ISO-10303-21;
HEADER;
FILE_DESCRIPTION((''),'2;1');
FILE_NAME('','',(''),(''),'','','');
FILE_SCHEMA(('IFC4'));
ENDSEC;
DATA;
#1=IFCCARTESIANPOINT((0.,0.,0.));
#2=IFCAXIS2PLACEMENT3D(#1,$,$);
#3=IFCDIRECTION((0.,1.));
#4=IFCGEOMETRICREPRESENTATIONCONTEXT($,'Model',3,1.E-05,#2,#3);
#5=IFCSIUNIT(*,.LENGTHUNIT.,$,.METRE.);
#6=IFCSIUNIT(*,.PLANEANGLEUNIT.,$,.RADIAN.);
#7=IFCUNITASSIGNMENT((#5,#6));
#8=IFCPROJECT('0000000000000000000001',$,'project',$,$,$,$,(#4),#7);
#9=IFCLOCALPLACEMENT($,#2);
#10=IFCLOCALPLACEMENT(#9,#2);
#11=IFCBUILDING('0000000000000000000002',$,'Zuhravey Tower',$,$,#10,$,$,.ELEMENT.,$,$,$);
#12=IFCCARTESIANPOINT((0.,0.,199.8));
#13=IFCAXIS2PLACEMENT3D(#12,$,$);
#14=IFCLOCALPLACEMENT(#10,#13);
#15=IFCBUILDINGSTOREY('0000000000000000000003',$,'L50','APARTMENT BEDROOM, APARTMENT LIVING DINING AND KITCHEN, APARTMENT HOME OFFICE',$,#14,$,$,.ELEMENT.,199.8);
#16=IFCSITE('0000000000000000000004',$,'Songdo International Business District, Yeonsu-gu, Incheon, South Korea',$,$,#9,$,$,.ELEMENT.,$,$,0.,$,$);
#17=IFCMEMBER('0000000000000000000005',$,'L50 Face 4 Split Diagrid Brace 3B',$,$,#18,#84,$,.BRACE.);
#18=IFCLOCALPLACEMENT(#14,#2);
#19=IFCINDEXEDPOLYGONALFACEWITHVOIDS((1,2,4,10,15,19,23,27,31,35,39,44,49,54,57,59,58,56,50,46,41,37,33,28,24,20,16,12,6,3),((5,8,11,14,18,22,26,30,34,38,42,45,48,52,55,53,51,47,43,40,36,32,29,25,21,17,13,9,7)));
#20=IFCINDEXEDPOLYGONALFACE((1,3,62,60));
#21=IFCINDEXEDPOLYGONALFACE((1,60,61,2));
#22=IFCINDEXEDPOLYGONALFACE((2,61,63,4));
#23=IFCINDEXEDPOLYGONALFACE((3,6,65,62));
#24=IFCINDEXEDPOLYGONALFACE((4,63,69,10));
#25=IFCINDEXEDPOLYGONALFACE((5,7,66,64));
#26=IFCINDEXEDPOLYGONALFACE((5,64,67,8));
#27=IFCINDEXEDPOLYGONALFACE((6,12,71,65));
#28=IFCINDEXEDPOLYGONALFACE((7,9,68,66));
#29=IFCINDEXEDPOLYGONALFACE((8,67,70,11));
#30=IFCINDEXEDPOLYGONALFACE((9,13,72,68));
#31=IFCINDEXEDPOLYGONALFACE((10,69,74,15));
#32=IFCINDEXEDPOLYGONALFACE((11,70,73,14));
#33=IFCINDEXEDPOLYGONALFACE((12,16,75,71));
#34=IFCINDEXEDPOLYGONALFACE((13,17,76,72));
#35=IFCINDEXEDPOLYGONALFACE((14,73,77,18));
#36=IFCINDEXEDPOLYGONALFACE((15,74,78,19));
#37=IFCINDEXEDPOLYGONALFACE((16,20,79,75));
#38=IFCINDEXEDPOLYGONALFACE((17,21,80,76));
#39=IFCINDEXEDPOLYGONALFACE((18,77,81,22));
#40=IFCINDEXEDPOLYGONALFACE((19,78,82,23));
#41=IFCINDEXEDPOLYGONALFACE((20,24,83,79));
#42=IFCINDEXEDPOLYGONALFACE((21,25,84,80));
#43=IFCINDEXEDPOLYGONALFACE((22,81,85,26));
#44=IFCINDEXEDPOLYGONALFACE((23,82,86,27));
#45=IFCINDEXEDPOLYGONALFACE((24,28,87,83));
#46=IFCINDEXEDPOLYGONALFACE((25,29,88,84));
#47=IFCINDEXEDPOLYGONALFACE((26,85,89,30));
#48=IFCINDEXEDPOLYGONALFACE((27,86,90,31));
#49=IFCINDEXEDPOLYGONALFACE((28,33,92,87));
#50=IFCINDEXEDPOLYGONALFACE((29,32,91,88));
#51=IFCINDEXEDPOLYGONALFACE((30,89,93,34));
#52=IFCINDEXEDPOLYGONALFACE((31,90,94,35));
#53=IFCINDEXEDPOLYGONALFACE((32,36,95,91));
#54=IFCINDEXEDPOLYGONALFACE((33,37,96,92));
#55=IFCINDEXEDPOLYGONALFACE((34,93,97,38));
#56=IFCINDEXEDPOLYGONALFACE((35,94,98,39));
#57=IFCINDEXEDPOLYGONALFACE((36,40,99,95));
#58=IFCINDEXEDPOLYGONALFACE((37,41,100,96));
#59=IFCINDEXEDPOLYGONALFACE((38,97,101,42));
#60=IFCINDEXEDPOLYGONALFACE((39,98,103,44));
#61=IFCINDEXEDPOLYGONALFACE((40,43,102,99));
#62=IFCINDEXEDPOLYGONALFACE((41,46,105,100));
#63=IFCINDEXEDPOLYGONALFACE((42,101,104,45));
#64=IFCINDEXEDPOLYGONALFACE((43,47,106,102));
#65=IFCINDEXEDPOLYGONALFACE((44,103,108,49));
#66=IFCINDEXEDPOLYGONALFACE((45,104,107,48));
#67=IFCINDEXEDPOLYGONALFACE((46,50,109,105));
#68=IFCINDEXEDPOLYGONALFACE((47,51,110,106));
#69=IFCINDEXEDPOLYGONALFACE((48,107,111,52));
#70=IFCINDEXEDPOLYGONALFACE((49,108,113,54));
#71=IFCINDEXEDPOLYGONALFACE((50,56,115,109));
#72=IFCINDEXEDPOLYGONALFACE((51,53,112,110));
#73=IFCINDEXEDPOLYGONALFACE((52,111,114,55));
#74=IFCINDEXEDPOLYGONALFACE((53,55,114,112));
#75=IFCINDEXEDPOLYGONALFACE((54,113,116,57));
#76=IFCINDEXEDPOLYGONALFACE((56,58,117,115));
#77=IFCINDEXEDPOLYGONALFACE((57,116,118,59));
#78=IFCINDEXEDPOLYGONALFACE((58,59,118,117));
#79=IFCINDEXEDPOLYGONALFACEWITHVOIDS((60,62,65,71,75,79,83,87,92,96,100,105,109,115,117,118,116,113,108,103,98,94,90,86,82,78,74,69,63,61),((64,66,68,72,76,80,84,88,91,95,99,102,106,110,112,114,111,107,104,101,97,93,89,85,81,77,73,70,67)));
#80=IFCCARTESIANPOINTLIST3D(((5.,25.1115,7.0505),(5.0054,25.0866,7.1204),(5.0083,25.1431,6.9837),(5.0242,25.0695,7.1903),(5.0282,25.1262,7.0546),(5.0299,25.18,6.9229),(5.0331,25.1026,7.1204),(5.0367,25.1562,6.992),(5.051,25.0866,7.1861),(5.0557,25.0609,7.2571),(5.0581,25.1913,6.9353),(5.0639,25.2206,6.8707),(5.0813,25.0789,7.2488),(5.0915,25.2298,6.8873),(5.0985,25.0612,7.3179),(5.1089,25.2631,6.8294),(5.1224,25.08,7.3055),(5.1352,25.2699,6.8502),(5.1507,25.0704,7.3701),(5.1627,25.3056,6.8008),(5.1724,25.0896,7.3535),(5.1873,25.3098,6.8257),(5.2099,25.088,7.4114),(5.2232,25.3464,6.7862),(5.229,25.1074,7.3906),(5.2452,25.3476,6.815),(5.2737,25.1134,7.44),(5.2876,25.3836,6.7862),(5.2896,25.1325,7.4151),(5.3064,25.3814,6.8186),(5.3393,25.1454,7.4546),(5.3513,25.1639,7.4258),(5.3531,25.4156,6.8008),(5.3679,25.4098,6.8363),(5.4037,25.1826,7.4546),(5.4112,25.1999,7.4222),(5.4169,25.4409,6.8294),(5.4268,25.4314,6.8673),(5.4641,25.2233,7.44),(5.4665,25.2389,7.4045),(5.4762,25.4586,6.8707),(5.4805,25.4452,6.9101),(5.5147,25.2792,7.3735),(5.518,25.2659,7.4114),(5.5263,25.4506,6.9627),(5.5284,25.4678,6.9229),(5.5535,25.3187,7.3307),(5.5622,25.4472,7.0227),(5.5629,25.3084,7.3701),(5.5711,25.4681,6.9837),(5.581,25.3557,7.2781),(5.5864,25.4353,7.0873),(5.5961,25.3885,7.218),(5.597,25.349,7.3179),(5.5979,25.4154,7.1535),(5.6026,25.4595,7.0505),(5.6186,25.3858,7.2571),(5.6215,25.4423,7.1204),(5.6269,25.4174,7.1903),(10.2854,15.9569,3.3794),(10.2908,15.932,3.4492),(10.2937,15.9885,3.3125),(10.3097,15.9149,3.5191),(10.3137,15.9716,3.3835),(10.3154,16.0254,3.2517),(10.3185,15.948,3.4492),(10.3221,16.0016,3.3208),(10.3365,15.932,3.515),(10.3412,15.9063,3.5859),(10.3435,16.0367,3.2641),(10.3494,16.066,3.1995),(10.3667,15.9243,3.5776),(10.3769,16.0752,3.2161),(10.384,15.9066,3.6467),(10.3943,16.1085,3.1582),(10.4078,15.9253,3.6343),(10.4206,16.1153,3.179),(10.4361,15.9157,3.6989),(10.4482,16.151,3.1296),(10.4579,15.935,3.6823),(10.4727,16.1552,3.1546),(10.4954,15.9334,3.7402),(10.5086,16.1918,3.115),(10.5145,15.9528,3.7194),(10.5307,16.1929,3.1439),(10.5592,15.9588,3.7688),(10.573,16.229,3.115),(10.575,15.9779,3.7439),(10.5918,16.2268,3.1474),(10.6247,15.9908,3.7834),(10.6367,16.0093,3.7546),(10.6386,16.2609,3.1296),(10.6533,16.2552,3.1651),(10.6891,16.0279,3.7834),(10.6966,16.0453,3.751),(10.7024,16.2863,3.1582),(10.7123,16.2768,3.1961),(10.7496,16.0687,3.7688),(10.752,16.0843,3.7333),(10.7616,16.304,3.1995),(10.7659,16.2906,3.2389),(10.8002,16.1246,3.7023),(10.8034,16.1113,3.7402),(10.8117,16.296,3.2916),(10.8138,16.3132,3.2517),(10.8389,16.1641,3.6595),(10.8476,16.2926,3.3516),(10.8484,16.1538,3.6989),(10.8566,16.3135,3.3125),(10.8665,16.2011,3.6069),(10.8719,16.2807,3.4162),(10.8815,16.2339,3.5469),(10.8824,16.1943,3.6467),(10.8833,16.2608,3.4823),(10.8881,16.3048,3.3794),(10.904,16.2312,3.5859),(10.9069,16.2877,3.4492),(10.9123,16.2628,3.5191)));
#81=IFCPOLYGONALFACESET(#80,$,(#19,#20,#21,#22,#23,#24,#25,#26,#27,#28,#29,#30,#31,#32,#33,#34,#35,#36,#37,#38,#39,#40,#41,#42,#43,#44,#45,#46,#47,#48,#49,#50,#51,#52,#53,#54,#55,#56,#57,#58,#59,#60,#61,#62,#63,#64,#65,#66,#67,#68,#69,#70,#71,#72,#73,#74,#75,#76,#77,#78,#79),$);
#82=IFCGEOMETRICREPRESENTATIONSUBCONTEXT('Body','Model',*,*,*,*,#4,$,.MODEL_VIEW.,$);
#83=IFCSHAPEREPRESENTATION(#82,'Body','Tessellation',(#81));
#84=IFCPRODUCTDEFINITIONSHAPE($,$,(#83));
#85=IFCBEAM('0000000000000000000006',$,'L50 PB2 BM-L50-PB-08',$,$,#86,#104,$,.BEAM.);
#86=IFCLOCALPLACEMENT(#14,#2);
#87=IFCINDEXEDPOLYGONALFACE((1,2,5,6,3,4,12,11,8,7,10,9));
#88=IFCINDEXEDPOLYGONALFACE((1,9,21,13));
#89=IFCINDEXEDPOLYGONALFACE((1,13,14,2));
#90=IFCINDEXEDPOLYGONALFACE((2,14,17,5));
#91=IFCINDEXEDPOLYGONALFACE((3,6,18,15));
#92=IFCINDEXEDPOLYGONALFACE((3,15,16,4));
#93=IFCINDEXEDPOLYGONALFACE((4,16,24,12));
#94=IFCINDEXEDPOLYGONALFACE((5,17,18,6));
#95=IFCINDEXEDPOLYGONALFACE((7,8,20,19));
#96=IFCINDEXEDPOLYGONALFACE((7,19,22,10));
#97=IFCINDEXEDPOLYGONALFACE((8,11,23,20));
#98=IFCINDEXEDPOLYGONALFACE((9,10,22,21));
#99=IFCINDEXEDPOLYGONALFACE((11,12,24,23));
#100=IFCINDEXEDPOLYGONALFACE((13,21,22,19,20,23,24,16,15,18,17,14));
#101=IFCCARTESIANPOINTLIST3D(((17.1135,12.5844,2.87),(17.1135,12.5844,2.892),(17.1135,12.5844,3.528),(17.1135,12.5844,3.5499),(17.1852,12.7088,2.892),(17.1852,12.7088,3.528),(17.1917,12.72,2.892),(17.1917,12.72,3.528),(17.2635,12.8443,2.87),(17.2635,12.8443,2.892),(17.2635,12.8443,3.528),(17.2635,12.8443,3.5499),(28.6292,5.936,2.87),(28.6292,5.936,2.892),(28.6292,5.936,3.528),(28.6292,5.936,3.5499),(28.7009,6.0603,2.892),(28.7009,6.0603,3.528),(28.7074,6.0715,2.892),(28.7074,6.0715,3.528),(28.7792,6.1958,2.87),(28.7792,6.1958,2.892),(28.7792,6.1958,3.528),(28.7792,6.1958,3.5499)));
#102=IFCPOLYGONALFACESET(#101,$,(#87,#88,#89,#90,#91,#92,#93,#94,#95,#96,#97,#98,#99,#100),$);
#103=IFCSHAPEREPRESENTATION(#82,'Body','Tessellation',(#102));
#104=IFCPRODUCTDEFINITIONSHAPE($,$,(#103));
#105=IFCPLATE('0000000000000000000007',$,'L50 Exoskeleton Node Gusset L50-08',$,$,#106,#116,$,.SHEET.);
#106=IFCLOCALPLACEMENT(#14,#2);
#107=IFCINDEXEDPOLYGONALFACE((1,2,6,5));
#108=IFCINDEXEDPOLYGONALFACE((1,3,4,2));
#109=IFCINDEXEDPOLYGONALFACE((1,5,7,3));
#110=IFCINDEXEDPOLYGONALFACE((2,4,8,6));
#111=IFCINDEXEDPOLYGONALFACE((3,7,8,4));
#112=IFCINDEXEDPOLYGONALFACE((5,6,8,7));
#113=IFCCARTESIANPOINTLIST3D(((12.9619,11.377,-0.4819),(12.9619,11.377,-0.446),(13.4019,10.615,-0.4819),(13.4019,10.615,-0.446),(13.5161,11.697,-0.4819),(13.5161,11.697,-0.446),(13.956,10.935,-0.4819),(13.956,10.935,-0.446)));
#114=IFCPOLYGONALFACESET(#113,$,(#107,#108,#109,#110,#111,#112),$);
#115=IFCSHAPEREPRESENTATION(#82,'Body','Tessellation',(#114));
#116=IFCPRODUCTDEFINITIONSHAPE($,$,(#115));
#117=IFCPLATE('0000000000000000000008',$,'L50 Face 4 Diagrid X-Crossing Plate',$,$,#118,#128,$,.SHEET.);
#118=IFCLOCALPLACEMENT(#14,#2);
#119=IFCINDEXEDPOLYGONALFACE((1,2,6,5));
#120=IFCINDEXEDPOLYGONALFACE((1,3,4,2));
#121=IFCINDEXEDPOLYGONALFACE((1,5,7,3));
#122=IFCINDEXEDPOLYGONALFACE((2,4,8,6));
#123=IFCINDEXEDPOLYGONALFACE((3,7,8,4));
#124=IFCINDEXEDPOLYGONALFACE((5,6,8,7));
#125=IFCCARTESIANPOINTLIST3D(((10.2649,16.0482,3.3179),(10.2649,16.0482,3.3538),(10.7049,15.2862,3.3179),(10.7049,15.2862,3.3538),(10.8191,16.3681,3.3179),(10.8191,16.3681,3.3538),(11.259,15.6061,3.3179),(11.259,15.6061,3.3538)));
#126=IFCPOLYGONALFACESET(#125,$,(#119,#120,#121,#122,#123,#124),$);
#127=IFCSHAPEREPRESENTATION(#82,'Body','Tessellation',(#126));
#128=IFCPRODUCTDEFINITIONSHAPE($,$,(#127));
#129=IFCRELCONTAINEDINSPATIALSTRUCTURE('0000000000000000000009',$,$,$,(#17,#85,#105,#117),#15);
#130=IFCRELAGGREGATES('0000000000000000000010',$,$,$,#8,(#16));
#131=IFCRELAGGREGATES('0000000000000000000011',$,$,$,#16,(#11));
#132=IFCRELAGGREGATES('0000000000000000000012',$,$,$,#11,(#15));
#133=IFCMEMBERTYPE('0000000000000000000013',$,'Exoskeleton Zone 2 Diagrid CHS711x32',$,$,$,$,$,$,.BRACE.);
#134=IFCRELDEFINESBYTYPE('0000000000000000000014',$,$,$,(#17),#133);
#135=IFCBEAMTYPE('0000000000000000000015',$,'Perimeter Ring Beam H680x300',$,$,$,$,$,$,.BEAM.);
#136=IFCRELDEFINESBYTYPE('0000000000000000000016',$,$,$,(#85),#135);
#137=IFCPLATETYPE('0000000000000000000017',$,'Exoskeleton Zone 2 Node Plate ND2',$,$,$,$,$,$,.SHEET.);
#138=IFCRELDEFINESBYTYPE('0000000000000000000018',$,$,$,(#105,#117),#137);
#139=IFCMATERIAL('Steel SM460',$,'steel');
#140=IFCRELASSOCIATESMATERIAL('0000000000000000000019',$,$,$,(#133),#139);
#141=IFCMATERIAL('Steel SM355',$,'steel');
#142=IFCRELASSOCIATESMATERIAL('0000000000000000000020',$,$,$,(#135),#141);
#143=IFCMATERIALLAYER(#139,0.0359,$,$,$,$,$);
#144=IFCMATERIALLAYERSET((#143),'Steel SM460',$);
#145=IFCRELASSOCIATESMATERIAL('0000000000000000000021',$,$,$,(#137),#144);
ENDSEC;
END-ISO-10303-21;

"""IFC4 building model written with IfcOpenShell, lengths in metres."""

from ifc_helpers import new_model, si_unit, direction, frame, origin, origin_2d, place, context, subcontext, project, spatial, rectangle, hollow_circle, i_section, extrude, material, layer, layer_set, material_profile, profile_set, type_object, element, save


model = new_model("IFC4")

# Units and contexts
model_context = context("Model", 3, precision=1e-05, world=origin(), true_north=direction((0.0, 1.0)))
body_context = subcontext(model_context, "Body", "Model", "MODEL_VIEW")
ifc_project = project(units=[si_unit("LENGTHUNIT", "METRE"), si_unit("PLANEANGLEUNIT", "RADIAN")], contexts=[model_context])

# Site, building, storey
site_placement = place(None, origin())
site = spatial("IfcSite", under=ifc_project, at=site_placement, Name="Songdo International Business District, Yeonsu-gu, Incheon, South Korea", CompositionType="ELEMENT", RefElevation=0.0)
building_placement = place(site_placement, origin())
building = spatial("IfcBuilding", under=site, at=building_placement, Name="Zuhravey Tower", CompositionType="ELEMENT")
storey_placement = place(building_placement, frame((0.0, 0.0, 199.8)))
storey = spatial("IfcBuildingStorey", under=building, at=storey_placement, Name="L50", Description="APARTMENT BEDROOM, APARTMENT LIVING DINING AND KITCHEN, APARTMENT HOME OFFICE", CompositionType="ELEMENT", Elevation=199.8)

# Member
ifc_material_1 = material(Name="Steel SM460", Category="steel")
ifc_material_profile_1 = material_profile(ifc_material_1, hollow_circle(Radius=0.3557, WallThickness=0.032, at=origin_2d()), Name="CHS-711.2x32")
ifc_profile_set_1 = profile_set([ifc_material_profile_1], Name="Steel SM460")
member_type_1 = type_object("IfcMemberType", Name="Exoskeleton Zone 2 Diagrid CHS711x32", PredefinedType="BRACE", material=ifc_profile_set_1)
member_1_placement = place(storey_placement, frame((10.5989, 16.1099, 3.4492), z_axis=(-0.472328, 0.818093, 0.328071), x_axis=(-0.866024, -0.500002, 0.0)))
element("IfcMember", 1, at=member_1_placement, inside=storey, type_object=member_type_1, Name="L50 Face 4 Split Diagrid Brace 3B", PredefinedType="BRACE", context=body_context, shape_type="SweptSolid", body=[
    extrude(hollow_circle(Radius=0.3557, WallThickness=0.032, at=origin_2d()), origin(), (0.0, 0.0, 1.0), 11.1902),
])

# Beam
ifc_material_2 = material(Name="Steel SM355", Category="steel")
ifc_material_profile_2 = material_profile(ifc_material_2, i_section(OverallWidth=0.3, OverallDepth=0.6799, WebThickness=0.0129, FlangeThickness=0.022, at=origin_2d()), Name="H-680x300x13x22")
ifc_profile_set_2 = profile_set([ifc_material_profile_2], Name="Steel SM355")
beam_type = type_object("IfcBeamType", Name="Perimeter Ring Beam H680x300", PredefinedType="BEAM", material=ifc_profile_set_2)
beam_placement = place(storey_placement, frame((17.1885, 12.7144, 3.21), z_axis=(0.866029, -0.499994, 0.0), x_axis=(0.499994, 0.866029, 0.0)))
element("IfcBeam", 2, at=beam_placement, inside=storey, type_object=beam_type, Name="L50 PB2 BM-L50-PB-08", PredefinedType="BEAM", context=body_context, shape_type="SweptSolid", body=[
    extrude(i_section(OverallWidth=0.3, OverallDepth=0.6799, WebThickness=0.0129, FlangeThickness=0.022, at=origin_2d()), origin(), (0.0, 0.0, 1.0), 13.2971),
])

# Plates
ifc_layer_1 = layer(ifc_material_1, 0.0359)
ifc_layer_set_1 = layer_set([ifc_layer_1], Name="Steel SM460")
plate_type_1 = type_object("IfcPlateType", Name="Exoskeleton Zone 2 Node Plate ND2", PredefinedType="SHEET", material=ifc_layer_set_1)
for number, where, z_axis, x_axis, name in (
    (3, (13.459, 11.156, -0.4819), (0.0, 0.0, 1.0), (0.5, -0.866025, 0.0), "L50 Exoskeleton Node Gusset L50-08"),
    (4, (10.762, 15.8271, 3.3179), (0.0, 0.0, 1.0), (0.5, -0.866025, 0.0), "L50 Face 4 Diagrid X-Crossing Plate"),
):
    element("IfcPlate", number, at=place(storey_placement, frame(where, z_axis=z_axis, x_axis=x_axis)), inside=storey, type_object=plate_type_1, Name=name, PredefinedType="SHEET", context=body_context, shape_type="SweptSolid", body=[
        extrude(rectangle(XDim=0.8799, YDim=0.6399, at=origin_2d()), origin(), (0.0, 0.0, 1.0), 0.0359),
    ])

save(model, "model.ifc")
